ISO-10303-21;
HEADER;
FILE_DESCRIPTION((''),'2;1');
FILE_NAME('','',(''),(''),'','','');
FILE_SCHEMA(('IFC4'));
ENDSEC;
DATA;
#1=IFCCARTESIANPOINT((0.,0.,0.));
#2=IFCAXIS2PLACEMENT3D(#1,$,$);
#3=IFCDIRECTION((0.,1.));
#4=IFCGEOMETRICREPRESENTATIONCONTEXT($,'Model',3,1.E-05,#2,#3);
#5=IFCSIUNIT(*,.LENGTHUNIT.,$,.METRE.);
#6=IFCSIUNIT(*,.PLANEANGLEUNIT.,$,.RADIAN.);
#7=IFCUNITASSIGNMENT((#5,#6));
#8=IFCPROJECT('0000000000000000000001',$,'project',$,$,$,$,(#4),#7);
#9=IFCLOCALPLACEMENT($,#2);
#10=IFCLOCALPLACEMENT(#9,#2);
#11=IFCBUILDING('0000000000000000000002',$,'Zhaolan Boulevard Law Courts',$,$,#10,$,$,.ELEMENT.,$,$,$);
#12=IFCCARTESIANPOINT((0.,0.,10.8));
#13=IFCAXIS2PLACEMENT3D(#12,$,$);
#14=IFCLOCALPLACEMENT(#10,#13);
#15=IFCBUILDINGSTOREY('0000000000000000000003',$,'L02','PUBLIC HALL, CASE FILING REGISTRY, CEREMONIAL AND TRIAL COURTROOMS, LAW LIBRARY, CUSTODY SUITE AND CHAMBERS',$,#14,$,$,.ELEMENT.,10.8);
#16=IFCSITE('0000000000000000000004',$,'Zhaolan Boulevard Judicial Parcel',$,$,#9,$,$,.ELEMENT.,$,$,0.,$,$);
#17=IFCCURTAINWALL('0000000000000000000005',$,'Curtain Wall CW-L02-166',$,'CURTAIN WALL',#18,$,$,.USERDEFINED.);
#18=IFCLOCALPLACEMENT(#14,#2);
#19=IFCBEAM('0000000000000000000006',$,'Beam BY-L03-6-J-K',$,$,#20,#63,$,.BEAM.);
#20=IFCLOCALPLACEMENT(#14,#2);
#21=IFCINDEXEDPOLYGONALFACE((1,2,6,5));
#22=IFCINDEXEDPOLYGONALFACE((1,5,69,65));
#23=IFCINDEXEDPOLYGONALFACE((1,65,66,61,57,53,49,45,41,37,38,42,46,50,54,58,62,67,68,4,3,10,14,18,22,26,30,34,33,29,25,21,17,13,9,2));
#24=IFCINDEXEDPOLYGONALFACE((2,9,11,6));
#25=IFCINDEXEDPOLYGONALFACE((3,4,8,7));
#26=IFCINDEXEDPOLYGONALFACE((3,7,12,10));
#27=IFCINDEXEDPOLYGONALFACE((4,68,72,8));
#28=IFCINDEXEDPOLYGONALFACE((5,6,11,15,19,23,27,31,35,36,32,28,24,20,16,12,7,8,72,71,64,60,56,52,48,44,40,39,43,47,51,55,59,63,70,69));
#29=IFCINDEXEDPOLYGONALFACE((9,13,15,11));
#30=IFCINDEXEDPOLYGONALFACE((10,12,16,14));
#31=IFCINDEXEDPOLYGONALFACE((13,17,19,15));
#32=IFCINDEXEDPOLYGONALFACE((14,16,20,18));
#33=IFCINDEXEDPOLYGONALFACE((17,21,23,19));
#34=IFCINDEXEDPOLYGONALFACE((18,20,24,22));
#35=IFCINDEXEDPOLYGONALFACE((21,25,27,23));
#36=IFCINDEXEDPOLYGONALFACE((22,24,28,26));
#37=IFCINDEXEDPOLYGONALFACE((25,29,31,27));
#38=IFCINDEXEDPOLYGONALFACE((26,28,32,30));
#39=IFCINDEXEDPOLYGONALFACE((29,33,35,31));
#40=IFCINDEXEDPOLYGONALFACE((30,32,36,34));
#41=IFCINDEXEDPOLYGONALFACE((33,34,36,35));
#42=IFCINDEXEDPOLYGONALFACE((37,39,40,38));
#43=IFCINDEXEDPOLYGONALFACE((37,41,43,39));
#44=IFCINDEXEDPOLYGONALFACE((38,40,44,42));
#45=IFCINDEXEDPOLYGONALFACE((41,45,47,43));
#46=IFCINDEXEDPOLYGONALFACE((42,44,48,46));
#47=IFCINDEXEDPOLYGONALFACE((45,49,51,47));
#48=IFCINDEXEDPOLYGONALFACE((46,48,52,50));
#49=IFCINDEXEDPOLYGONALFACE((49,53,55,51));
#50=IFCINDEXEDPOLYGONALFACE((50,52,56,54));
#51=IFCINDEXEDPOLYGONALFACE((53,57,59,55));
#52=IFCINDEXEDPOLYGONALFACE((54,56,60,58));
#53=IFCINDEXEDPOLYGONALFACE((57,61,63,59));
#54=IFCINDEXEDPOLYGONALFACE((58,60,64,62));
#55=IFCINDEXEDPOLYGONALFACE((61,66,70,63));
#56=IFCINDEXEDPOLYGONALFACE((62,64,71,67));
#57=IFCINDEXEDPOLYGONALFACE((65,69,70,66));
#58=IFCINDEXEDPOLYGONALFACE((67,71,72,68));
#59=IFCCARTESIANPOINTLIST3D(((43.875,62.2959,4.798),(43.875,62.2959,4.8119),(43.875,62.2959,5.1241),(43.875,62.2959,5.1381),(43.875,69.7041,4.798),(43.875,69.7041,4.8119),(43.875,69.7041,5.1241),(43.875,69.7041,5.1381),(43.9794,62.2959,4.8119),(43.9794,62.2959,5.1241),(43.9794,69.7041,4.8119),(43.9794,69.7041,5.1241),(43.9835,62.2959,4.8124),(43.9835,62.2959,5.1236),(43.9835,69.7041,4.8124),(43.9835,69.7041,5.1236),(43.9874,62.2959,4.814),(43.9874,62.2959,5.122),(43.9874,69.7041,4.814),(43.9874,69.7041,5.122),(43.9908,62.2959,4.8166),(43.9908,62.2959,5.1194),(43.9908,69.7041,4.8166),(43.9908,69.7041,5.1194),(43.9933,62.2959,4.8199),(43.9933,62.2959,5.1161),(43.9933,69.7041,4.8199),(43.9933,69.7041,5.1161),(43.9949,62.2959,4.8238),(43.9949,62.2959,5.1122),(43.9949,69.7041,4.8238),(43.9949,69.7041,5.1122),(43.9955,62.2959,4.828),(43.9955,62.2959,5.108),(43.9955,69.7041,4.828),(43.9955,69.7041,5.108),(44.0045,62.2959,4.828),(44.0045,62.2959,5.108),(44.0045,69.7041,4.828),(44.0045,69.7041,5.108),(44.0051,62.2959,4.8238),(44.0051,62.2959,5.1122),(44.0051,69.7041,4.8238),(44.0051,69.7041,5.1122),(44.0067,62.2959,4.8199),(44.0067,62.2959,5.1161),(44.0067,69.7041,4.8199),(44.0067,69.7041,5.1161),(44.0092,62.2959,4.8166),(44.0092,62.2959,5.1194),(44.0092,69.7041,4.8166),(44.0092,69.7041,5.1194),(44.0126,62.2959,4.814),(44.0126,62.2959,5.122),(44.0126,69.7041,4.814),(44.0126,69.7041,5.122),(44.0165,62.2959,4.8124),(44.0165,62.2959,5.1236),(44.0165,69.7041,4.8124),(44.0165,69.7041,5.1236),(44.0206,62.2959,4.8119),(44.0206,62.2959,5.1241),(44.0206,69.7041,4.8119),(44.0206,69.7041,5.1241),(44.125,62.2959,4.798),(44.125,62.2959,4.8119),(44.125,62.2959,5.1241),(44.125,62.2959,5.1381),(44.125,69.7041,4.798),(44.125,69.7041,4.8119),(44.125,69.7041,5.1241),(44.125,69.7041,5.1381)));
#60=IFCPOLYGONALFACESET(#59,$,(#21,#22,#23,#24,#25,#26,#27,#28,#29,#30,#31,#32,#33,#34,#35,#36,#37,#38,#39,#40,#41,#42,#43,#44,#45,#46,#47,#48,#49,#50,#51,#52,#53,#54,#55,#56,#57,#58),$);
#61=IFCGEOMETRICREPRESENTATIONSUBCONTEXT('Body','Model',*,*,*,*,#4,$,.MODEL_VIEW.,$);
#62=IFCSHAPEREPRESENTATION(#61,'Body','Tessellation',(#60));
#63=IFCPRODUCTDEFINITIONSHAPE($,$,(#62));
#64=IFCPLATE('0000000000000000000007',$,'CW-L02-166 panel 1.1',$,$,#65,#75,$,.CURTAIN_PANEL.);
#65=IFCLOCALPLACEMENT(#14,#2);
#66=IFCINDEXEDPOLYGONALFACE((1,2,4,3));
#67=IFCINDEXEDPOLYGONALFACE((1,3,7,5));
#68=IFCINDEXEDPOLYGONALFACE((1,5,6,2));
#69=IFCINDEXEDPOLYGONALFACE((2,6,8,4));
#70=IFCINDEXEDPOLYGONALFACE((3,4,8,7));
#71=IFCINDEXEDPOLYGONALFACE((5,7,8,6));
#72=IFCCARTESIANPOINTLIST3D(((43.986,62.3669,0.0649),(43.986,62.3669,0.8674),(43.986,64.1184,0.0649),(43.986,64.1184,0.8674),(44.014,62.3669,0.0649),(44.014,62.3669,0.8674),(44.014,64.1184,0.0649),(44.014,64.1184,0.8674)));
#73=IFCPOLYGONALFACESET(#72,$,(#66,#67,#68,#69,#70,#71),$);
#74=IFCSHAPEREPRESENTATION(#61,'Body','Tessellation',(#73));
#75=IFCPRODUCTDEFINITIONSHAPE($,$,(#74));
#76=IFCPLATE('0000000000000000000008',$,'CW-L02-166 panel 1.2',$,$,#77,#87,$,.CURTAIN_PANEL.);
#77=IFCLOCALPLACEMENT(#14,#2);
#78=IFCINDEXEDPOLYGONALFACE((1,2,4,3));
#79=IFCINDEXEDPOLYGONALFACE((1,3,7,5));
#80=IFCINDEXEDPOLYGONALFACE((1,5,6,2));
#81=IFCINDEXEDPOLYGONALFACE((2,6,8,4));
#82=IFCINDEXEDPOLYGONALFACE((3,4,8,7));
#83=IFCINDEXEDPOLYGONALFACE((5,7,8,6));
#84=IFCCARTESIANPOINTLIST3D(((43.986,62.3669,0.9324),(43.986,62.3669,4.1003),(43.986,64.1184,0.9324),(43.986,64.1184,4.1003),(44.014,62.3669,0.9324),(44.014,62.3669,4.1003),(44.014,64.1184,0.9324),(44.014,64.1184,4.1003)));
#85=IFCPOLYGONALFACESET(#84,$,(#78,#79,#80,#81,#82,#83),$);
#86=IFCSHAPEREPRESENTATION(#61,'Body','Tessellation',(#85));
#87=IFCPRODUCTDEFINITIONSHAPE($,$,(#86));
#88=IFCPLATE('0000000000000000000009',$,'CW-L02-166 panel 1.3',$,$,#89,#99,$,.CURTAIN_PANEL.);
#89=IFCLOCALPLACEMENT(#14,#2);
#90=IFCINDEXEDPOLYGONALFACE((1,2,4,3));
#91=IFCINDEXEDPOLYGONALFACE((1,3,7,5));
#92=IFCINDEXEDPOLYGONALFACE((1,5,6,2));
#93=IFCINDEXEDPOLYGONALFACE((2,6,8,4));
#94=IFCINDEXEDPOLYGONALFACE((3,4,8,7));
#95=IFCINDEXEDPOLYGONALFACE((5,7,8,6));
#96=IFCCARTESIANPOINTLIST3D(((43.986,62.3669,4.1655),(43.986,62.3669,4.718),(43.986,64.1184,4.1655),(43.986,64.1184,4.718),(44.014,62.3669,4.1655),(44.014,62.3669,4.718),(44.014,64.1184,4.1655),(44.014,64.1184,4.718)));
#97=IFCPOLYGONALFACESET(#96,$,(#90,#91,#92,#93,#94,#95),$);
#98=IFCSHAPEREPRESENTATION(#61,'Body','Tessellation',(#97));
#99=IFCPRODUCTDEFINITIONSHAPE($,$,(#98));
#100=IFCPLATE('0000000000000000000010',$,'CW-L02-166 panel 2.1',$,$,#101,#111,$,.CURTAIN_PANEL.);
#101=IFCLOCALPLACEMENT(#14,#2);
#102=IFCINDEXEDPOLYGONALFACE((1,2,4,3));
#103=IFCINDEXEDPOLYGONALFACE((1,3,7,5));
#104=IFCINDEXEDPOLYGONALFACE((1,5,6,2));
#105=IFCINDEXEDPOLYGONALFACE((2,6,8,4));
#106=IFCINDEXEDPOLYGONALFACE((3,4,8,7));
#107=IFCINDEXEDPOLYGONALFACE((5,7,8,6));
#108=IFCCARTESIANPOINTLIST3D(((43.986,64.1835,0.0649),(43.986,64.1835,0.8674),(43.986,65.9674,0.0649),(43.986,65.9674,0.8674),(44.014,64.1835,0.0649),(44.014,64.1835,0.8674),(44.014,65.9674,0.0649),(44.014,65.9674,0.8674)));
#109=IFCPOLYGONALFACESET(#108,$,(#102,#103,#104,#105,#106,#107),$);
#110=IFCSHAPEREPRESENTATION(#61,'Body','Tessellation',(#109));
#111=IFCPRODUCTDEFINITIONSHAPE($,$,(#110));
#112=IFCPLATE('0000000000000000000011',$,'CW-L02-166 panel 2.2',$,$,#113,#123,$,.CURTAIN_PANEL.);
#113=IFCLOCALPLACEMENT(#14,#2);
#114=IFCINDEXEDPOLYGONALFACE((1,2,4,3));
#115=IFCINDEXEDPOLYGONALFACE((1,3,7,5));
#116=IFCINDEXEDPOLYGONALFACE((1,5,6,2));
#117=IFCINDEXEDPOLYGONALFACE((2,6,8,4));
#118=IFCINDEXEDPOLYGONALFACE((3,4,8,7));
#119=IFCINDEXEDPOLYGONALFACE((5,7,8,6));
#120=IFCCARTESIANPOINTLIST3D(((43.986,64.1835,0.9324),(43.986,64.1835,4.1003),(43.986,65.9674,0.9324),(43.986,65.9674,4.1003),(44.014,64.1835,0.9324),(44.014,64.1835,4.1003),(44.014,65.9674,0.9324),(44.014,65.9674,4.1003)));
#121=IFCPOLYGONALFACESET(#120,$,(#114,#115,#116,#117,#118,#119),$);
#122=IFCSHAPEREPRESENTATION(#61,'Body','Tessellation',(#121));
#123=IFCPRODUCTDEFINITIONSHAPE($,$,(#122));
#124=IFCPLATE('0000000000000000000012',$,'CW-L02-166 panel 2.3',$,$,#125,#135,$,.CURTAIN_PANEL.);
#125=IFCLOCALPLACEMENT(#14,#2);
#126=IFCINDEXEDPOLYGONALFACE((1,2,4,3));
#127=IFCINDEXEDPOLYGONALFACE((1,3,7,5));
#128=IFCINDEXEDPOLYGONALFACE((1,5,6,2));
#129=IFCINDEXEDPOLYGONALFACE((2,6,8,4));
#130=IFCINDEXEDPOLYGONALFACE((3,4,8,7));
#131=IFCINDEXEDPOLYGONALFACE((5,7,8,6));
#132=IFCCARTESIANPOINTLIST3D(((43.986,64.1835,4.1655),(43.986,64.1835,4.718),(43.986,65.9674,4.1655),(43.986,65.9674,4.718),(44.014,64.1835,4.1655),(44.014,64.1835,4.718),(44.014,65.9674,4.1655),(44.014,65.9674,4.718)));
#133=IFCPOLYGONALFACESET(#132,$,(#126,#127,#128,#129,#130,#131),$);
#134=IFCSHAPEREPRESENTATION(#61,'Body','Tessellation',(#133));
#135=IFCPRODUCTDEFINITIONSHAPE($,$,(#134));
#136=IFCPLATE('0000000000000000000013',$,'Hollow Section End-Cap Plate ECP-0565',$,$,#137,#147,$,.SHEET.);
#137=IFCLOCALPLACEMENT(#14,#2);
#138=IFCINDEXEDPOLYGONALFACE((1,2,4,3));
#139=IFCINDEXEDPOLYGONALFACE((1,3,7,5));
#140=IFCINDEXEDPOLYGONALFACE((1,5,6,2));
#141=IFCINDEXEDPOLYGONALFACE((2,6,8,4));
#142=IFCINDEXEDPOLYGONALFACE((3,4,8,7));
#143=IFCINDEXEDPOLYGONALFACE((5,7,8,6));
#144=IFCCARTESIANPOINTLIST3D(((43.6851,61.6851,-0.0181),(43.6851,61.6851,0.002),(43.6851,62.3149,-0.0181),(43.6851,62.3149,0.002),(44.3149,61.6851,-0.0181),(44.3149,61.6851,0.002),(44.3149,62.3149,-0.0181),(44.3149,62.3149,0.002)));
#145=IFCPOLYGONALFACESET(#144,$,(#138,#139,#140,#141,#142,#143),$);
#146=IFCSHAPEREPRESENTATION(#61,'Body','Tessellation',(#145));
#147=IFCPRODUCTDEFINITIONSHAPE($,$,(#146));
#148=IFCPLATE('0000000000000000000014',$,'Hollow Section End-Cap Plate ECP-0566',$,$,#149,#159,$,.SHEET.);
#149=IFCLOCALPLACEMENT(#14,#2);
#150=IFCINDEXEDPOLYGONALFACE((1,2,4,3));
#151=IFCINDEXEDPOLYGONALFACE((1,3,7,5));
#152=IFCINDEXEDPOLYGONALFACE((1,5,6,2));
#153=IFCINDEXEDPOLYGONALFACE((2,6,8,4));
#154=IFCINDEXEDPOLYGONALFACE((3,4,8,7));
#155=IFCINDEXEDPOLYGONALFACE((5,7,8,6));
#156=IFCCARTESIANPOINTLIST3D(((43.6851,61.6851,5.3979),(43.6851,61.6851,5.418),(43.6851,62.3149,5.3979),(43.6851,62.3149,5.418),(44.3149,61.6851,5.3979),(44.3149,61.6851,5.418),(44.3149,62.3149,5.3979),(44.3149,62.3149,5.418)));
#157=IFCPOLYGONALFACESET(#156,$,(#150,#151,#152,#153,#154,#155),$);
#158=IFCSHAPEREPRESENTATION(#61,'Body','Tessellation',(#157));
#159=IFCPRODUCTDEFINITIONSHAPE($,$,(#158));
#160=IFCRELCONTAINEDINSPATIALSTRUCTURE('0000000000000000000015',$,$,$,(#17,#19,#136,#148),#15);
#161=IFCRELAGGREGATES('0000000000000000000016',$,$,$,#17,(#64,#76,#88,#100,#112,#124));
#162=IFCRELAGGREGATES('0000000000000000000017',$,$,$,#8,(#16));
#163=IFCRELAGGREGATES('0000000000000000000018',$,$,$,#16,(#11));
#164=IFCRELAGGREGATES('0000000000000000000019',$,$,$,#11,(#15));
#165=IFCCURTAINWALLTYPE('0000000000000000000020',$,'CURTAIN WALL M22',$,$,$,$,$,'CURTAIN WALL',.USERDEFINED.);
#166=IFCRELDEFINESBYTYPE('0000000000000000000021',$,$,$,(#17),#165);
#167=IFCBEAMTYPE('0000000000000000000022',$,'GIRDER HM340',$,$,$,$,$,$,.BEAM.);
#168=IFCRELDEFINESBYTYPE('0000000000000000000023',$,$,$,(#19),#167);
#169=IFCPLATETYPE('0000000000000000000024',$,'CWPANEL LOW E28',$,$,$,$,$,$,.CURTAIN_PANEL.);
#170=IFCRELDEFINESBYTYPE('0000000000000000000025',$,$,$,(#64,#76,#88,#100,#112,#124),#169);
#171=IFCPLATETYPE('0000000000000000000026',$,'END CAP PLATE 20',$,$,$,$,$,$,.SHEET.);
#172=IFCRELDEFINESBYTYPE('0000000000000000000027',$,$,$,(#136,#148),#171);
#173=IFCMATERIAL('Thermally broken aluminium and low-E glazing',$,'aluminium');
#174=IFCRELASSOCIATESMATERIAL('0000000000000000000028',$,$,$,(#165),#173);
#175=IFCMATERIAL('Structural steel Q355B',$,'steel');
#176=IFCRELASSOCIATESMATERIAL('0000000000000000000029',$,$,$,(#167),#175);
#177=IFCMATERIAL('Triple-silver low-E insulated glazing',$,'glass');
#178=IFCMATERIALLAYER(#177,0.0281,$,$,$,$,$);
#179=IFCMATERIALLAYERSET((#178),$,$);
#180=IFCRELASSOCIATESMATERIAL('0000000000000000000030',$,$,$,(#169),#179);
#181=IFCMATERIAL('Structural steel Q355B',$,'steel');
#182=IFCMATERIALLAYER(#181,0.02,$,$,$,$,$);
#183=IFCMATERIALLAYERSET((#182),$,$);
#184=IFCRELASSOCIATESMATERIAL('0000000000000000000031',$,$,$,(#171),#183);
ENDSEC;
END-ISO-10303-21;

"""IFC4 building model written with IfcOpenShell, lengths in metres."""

from ifc_helpers import new_model, si_unit, direction, frame, origin, origin_2d, place, context, subcontext, project, spatial, rectangle, i_section, extrude, material, layer, layer_set, material_profile, profile_set, type_object, element, aggregate, save


model = new_model("IFC4")

# Units and contexts
model_context = context("Model", 3, precision=1e-05, world=origin(), true_north=direction((0.0, 1.0)))
body_context = subcontext(model_context, "Body", "Model", "MODEL_VIEW")
ifc_project = project(units=[si_unit("LENGTHUNIT", "METRE"), si_unit("PLANEANGLEUNIT", "RADIAN")], contexts=[model_context])

# Site, building, storey
site_placement = place(None, origin())
site = spatial("IfcSite", under=ifc_project, at=site_placement, Name="Zhaolan Boulevard Judicial Parcel", CompositionType="ELEMENT", RefElevation=0.0)
building_placement = place(site_placement, origin())
building = spatial("IfcBuilding", under=site, at=building_placement, Name="Zhaolan Boulevard Law Courts", CompositionType="ELEMENT")
storey_placement = place(building_placement, frame((0.0, 0.0, 10.8)))
storey = spatial("IfcBuildingStorey", under=building, at=storey_placement, Name="L02", Description="PUBLIC HALL, CASE FILING REGISTRY, CEREMONIAL AND TRIAL COURTROOMS, LAW LIBRARY, CUSTODY SUITE AND CHAMBERS", CompositionType="ELEMENT", Elevation=10.8)

# Curtain wall
ifc_material_1 = material(Name="Thermally broken aluminium and low-E glazing", Category="aluminium")
curtain_wall_type = type_object("IfcCurtainWallType", Name="CURTAIN WALL M22", ElementType="CURTAIN WALL", PredefinedType="USERDEFINED", material=ifc_material_1)
curtain_wall_placement = place(storey_placement, origin())
curtain_wall = element("IfcCurtainWall", 1, at=curtain_wall_placement, inside=storey, type_object=curtain_wall_type, Name="Curtain Wall CW-L02-166", ObjectType="CURTAIN WALL", PredefinedType="USERDEFINED")

# Beam
ifc_material_2 = material(Name="Structural steel Q355B", Category="steel")
ifc_material_profile_1 = material_profile(ifc_material_2, i_section(OverallWidth=0.25, OverallDepth=0.3401, WebThickness=0.009, FlangeThickness=0.0139, FilletRadius=0.0161, at=origin_2d()), Name="HM340x250")
ifc_profile_set_1 = profile_set([ifc_material_profile_1], Name="Structural steel Q355B")
beam_type = type_object("IfcBeamType", Name="GIRDER HM340", PredefinedType="BEAM", material=ifc_profile_set_1)
beam_placement = place(storey_placement, frame((44.0, 62.2959, 4.968), z_axis=(0.0, 1.0, 0.0), x_axis=(-1.0, 0.0, 0.0)))
element("IfcBeam", 2, at=beam_placement, inside=storey, type_object=beam_type, Name="Beam BY-L03-6-J-K", PredefinedType="BEAM", context=body_context, shape_type="SweptSolid", body=[
    extrude(i_section(OverallWidth=0.25, OverallDepth=0.3401, WebThickness=0.009, FlangeThickness=0.0139, FilletRadius=0.0161, at=origin_2d()), origin(), (0.0, 0.0, 1.0), 7.4082),
])

# Plates
ifc_material_3 = material(Name="Triple-silver low-E insulated glazing", Category="glass")
ifc_layer_1 = layer(ifc_material_3, 0.0281)
ifc_layer_set_1 = layer_set([ifc_layer_1])
plate_type_1 = type_object("IfcPlateType", Name="CWPANEL LOW E28", PredefinedType="CURTAIN_PANEL", material=ifc_layer_set_1)
plate_1_placement = place(storey_placement, frame((44.0, 63.2427, 0.0649), z_axis=(0.0, 0.0, 1.0), x_axis=(0.0, 1.0, 0.0)))
plate_1 = element("IfcPlate", 3, at=plate_1_placement, type_object=plate_type_1, Name="CW-L02-166 panel 1.1", PredefinedType="CURTAIN_PANEL", context=body_context, shape_type="SweptSolid", body=[
    extrude(rectangle(XDim=1.7515, YDim=0.0281, at=origin_2d()), origin(), (0.0, 0.0, 1.0), 0.8025),
])
plate_2_placement = place(storey_placement, frame((44.0, 63.2427, 0.9324), z_axis=(0.0, 0.0, 1.0), x_axis=(0.0, 1.0, 0.0)))
plate_2 = element("IfcPlate", 4, at=plate_2_placement, type_object=plate_type_1, Name="CW-L02-166 panel 1.2", PredefinedType="CURTAIN_PANEL", context=body_context, shape_type="SweptSolid", body=[
    extrude(rectangle(XDim=1.7515, YDim=0.0281, at=origin_2d()), origin(), (0.0, 0.0, 1.0), 3.168),
])
plate_3_placement = place(storey_placement, frame((44.0, 63.2427, 4.1655), z_axis=(0.0, 0.0, 1.0), x_axis=(0.0, 1.0, 0.0)))
plate_3 = element("IfcPlate", 5, at=plate_3_placement, type_object=plate_type_1, Name="CW-L02-166 panel 1.3", PredefinedType="CURTAIN_PANEL", context=body_context, shape_type="SweptSolid", body=[
    extrude(rectangle(XDim=1.7515, YDim=0.0281, at=origin_2d()), origin(), (0.0, 0.0, 1.0), 0.5525),
])
plate_4_placement = place(storey_placement, frame((44.0, 65.0754, 0.0649), z_axis=(0.0, 0.0, 1.0), x_axis=(0.0, 1.0, 0.0)))
plate_4 = element("IfcPlate", 6, at=plate_4_placement, type_object=plate_type_1, Name="CW-L02-166 panel 2.1", PredefinedType="CURTAIN_PANEL", context=body_context, shape_type="SweptSolid", body=[
    extrude(rectangle(XDim=1.7839, YDim=0.0281, at=origin_2d()), origin(), (0.0, 0.0, 1.0), 0.8025),
])
plate_5_placement = place(storey_placement, frame((44.0, 65.0754, 0.9324), z_axis=(0.0, 0.0, 1.0), x_axis=(0.0, 1.0, 0.0)))
plate_5 = element("IfcPlate", 7, at=plate_5_placement, type_object=plate_type_1, Name="CW-L02-166 panel 2.2", PredefinedType="CURTAIN_PANEL", context=body_context, shape_type="SweptSolid", body=[
    extrude(rectangle(XDim=1.7839, YDim=0.0281, at=origin_2d()), origin(), (0.0, 0.0, 1.0), 3.168),
])
plate_6_placement = place(storey_placement, frame((44.0, 65.0754, 4.1655), z_axis=(0.0, 0.0, 1.0), x_axis=(0.0, 1.0, 0.0)))
plate_6 = element("IfcPlate", 8, at=plate_6_placement, type_object=plate_type_1, Name="CW-L02-166 panel 2.3", PredefinedType="CURTAIN_PANEL", context=body_context, shape_type="SweptSolid", body=[
    extrude(rectangle(XDim=1.7839, YDim=0.0281, at=origin_2d()), origin(), (0.0, 0.0, 1.0), 0.5525),
])
aggregate(curtain_wall, [plate_1, plate_2, plate_3, plate_4, plate_5, plate_6])

# Plates
ifc_material_4 = material(Name="Structural steel Q355B", Category="steel")
ifc_layer_2 = layer(ifc_material_4, 0.02)
ifc_layer_set_2 = layer_set([ifc_layer_2])
plate_type_2 = type_object("IfcPlateType", Name="END CAP PLATE 20", PredefinedType="SHEET", material=ifc_layer_set_2)
for number, where, z_axis, x_axis, name in (
    (9, (44.0, 62.0, -0.0181), (0.0, 0.0, 1.0), (1.0, 0.0, 0.0), "Hollow Section End-Cap Plate ECP-0565"),
    (10, (44.0, 62.0, 5.3979), (0.0, 0.0, 1.0), (1.0, 0.0, 0.0), "Hollow Section End-Cap Plate ECP-0566"),
):
    element("IfcPlate", number, at=place(storey_placement, frame(where, z_axis=z_axis, x_axis=x_axis)), inside=storey, type_object=plate_type_2, Name=name, PredefinedType="SHEET", context=body_context, shape_type="SweptSolid", body=[
        extrude(rectangle(XDim=0.6299, YDim=0.6299, at=origin_2d()), origin(), (0.0, 0.0, 1.0), 0.02),
    ])

save(model, "model.ifc")
